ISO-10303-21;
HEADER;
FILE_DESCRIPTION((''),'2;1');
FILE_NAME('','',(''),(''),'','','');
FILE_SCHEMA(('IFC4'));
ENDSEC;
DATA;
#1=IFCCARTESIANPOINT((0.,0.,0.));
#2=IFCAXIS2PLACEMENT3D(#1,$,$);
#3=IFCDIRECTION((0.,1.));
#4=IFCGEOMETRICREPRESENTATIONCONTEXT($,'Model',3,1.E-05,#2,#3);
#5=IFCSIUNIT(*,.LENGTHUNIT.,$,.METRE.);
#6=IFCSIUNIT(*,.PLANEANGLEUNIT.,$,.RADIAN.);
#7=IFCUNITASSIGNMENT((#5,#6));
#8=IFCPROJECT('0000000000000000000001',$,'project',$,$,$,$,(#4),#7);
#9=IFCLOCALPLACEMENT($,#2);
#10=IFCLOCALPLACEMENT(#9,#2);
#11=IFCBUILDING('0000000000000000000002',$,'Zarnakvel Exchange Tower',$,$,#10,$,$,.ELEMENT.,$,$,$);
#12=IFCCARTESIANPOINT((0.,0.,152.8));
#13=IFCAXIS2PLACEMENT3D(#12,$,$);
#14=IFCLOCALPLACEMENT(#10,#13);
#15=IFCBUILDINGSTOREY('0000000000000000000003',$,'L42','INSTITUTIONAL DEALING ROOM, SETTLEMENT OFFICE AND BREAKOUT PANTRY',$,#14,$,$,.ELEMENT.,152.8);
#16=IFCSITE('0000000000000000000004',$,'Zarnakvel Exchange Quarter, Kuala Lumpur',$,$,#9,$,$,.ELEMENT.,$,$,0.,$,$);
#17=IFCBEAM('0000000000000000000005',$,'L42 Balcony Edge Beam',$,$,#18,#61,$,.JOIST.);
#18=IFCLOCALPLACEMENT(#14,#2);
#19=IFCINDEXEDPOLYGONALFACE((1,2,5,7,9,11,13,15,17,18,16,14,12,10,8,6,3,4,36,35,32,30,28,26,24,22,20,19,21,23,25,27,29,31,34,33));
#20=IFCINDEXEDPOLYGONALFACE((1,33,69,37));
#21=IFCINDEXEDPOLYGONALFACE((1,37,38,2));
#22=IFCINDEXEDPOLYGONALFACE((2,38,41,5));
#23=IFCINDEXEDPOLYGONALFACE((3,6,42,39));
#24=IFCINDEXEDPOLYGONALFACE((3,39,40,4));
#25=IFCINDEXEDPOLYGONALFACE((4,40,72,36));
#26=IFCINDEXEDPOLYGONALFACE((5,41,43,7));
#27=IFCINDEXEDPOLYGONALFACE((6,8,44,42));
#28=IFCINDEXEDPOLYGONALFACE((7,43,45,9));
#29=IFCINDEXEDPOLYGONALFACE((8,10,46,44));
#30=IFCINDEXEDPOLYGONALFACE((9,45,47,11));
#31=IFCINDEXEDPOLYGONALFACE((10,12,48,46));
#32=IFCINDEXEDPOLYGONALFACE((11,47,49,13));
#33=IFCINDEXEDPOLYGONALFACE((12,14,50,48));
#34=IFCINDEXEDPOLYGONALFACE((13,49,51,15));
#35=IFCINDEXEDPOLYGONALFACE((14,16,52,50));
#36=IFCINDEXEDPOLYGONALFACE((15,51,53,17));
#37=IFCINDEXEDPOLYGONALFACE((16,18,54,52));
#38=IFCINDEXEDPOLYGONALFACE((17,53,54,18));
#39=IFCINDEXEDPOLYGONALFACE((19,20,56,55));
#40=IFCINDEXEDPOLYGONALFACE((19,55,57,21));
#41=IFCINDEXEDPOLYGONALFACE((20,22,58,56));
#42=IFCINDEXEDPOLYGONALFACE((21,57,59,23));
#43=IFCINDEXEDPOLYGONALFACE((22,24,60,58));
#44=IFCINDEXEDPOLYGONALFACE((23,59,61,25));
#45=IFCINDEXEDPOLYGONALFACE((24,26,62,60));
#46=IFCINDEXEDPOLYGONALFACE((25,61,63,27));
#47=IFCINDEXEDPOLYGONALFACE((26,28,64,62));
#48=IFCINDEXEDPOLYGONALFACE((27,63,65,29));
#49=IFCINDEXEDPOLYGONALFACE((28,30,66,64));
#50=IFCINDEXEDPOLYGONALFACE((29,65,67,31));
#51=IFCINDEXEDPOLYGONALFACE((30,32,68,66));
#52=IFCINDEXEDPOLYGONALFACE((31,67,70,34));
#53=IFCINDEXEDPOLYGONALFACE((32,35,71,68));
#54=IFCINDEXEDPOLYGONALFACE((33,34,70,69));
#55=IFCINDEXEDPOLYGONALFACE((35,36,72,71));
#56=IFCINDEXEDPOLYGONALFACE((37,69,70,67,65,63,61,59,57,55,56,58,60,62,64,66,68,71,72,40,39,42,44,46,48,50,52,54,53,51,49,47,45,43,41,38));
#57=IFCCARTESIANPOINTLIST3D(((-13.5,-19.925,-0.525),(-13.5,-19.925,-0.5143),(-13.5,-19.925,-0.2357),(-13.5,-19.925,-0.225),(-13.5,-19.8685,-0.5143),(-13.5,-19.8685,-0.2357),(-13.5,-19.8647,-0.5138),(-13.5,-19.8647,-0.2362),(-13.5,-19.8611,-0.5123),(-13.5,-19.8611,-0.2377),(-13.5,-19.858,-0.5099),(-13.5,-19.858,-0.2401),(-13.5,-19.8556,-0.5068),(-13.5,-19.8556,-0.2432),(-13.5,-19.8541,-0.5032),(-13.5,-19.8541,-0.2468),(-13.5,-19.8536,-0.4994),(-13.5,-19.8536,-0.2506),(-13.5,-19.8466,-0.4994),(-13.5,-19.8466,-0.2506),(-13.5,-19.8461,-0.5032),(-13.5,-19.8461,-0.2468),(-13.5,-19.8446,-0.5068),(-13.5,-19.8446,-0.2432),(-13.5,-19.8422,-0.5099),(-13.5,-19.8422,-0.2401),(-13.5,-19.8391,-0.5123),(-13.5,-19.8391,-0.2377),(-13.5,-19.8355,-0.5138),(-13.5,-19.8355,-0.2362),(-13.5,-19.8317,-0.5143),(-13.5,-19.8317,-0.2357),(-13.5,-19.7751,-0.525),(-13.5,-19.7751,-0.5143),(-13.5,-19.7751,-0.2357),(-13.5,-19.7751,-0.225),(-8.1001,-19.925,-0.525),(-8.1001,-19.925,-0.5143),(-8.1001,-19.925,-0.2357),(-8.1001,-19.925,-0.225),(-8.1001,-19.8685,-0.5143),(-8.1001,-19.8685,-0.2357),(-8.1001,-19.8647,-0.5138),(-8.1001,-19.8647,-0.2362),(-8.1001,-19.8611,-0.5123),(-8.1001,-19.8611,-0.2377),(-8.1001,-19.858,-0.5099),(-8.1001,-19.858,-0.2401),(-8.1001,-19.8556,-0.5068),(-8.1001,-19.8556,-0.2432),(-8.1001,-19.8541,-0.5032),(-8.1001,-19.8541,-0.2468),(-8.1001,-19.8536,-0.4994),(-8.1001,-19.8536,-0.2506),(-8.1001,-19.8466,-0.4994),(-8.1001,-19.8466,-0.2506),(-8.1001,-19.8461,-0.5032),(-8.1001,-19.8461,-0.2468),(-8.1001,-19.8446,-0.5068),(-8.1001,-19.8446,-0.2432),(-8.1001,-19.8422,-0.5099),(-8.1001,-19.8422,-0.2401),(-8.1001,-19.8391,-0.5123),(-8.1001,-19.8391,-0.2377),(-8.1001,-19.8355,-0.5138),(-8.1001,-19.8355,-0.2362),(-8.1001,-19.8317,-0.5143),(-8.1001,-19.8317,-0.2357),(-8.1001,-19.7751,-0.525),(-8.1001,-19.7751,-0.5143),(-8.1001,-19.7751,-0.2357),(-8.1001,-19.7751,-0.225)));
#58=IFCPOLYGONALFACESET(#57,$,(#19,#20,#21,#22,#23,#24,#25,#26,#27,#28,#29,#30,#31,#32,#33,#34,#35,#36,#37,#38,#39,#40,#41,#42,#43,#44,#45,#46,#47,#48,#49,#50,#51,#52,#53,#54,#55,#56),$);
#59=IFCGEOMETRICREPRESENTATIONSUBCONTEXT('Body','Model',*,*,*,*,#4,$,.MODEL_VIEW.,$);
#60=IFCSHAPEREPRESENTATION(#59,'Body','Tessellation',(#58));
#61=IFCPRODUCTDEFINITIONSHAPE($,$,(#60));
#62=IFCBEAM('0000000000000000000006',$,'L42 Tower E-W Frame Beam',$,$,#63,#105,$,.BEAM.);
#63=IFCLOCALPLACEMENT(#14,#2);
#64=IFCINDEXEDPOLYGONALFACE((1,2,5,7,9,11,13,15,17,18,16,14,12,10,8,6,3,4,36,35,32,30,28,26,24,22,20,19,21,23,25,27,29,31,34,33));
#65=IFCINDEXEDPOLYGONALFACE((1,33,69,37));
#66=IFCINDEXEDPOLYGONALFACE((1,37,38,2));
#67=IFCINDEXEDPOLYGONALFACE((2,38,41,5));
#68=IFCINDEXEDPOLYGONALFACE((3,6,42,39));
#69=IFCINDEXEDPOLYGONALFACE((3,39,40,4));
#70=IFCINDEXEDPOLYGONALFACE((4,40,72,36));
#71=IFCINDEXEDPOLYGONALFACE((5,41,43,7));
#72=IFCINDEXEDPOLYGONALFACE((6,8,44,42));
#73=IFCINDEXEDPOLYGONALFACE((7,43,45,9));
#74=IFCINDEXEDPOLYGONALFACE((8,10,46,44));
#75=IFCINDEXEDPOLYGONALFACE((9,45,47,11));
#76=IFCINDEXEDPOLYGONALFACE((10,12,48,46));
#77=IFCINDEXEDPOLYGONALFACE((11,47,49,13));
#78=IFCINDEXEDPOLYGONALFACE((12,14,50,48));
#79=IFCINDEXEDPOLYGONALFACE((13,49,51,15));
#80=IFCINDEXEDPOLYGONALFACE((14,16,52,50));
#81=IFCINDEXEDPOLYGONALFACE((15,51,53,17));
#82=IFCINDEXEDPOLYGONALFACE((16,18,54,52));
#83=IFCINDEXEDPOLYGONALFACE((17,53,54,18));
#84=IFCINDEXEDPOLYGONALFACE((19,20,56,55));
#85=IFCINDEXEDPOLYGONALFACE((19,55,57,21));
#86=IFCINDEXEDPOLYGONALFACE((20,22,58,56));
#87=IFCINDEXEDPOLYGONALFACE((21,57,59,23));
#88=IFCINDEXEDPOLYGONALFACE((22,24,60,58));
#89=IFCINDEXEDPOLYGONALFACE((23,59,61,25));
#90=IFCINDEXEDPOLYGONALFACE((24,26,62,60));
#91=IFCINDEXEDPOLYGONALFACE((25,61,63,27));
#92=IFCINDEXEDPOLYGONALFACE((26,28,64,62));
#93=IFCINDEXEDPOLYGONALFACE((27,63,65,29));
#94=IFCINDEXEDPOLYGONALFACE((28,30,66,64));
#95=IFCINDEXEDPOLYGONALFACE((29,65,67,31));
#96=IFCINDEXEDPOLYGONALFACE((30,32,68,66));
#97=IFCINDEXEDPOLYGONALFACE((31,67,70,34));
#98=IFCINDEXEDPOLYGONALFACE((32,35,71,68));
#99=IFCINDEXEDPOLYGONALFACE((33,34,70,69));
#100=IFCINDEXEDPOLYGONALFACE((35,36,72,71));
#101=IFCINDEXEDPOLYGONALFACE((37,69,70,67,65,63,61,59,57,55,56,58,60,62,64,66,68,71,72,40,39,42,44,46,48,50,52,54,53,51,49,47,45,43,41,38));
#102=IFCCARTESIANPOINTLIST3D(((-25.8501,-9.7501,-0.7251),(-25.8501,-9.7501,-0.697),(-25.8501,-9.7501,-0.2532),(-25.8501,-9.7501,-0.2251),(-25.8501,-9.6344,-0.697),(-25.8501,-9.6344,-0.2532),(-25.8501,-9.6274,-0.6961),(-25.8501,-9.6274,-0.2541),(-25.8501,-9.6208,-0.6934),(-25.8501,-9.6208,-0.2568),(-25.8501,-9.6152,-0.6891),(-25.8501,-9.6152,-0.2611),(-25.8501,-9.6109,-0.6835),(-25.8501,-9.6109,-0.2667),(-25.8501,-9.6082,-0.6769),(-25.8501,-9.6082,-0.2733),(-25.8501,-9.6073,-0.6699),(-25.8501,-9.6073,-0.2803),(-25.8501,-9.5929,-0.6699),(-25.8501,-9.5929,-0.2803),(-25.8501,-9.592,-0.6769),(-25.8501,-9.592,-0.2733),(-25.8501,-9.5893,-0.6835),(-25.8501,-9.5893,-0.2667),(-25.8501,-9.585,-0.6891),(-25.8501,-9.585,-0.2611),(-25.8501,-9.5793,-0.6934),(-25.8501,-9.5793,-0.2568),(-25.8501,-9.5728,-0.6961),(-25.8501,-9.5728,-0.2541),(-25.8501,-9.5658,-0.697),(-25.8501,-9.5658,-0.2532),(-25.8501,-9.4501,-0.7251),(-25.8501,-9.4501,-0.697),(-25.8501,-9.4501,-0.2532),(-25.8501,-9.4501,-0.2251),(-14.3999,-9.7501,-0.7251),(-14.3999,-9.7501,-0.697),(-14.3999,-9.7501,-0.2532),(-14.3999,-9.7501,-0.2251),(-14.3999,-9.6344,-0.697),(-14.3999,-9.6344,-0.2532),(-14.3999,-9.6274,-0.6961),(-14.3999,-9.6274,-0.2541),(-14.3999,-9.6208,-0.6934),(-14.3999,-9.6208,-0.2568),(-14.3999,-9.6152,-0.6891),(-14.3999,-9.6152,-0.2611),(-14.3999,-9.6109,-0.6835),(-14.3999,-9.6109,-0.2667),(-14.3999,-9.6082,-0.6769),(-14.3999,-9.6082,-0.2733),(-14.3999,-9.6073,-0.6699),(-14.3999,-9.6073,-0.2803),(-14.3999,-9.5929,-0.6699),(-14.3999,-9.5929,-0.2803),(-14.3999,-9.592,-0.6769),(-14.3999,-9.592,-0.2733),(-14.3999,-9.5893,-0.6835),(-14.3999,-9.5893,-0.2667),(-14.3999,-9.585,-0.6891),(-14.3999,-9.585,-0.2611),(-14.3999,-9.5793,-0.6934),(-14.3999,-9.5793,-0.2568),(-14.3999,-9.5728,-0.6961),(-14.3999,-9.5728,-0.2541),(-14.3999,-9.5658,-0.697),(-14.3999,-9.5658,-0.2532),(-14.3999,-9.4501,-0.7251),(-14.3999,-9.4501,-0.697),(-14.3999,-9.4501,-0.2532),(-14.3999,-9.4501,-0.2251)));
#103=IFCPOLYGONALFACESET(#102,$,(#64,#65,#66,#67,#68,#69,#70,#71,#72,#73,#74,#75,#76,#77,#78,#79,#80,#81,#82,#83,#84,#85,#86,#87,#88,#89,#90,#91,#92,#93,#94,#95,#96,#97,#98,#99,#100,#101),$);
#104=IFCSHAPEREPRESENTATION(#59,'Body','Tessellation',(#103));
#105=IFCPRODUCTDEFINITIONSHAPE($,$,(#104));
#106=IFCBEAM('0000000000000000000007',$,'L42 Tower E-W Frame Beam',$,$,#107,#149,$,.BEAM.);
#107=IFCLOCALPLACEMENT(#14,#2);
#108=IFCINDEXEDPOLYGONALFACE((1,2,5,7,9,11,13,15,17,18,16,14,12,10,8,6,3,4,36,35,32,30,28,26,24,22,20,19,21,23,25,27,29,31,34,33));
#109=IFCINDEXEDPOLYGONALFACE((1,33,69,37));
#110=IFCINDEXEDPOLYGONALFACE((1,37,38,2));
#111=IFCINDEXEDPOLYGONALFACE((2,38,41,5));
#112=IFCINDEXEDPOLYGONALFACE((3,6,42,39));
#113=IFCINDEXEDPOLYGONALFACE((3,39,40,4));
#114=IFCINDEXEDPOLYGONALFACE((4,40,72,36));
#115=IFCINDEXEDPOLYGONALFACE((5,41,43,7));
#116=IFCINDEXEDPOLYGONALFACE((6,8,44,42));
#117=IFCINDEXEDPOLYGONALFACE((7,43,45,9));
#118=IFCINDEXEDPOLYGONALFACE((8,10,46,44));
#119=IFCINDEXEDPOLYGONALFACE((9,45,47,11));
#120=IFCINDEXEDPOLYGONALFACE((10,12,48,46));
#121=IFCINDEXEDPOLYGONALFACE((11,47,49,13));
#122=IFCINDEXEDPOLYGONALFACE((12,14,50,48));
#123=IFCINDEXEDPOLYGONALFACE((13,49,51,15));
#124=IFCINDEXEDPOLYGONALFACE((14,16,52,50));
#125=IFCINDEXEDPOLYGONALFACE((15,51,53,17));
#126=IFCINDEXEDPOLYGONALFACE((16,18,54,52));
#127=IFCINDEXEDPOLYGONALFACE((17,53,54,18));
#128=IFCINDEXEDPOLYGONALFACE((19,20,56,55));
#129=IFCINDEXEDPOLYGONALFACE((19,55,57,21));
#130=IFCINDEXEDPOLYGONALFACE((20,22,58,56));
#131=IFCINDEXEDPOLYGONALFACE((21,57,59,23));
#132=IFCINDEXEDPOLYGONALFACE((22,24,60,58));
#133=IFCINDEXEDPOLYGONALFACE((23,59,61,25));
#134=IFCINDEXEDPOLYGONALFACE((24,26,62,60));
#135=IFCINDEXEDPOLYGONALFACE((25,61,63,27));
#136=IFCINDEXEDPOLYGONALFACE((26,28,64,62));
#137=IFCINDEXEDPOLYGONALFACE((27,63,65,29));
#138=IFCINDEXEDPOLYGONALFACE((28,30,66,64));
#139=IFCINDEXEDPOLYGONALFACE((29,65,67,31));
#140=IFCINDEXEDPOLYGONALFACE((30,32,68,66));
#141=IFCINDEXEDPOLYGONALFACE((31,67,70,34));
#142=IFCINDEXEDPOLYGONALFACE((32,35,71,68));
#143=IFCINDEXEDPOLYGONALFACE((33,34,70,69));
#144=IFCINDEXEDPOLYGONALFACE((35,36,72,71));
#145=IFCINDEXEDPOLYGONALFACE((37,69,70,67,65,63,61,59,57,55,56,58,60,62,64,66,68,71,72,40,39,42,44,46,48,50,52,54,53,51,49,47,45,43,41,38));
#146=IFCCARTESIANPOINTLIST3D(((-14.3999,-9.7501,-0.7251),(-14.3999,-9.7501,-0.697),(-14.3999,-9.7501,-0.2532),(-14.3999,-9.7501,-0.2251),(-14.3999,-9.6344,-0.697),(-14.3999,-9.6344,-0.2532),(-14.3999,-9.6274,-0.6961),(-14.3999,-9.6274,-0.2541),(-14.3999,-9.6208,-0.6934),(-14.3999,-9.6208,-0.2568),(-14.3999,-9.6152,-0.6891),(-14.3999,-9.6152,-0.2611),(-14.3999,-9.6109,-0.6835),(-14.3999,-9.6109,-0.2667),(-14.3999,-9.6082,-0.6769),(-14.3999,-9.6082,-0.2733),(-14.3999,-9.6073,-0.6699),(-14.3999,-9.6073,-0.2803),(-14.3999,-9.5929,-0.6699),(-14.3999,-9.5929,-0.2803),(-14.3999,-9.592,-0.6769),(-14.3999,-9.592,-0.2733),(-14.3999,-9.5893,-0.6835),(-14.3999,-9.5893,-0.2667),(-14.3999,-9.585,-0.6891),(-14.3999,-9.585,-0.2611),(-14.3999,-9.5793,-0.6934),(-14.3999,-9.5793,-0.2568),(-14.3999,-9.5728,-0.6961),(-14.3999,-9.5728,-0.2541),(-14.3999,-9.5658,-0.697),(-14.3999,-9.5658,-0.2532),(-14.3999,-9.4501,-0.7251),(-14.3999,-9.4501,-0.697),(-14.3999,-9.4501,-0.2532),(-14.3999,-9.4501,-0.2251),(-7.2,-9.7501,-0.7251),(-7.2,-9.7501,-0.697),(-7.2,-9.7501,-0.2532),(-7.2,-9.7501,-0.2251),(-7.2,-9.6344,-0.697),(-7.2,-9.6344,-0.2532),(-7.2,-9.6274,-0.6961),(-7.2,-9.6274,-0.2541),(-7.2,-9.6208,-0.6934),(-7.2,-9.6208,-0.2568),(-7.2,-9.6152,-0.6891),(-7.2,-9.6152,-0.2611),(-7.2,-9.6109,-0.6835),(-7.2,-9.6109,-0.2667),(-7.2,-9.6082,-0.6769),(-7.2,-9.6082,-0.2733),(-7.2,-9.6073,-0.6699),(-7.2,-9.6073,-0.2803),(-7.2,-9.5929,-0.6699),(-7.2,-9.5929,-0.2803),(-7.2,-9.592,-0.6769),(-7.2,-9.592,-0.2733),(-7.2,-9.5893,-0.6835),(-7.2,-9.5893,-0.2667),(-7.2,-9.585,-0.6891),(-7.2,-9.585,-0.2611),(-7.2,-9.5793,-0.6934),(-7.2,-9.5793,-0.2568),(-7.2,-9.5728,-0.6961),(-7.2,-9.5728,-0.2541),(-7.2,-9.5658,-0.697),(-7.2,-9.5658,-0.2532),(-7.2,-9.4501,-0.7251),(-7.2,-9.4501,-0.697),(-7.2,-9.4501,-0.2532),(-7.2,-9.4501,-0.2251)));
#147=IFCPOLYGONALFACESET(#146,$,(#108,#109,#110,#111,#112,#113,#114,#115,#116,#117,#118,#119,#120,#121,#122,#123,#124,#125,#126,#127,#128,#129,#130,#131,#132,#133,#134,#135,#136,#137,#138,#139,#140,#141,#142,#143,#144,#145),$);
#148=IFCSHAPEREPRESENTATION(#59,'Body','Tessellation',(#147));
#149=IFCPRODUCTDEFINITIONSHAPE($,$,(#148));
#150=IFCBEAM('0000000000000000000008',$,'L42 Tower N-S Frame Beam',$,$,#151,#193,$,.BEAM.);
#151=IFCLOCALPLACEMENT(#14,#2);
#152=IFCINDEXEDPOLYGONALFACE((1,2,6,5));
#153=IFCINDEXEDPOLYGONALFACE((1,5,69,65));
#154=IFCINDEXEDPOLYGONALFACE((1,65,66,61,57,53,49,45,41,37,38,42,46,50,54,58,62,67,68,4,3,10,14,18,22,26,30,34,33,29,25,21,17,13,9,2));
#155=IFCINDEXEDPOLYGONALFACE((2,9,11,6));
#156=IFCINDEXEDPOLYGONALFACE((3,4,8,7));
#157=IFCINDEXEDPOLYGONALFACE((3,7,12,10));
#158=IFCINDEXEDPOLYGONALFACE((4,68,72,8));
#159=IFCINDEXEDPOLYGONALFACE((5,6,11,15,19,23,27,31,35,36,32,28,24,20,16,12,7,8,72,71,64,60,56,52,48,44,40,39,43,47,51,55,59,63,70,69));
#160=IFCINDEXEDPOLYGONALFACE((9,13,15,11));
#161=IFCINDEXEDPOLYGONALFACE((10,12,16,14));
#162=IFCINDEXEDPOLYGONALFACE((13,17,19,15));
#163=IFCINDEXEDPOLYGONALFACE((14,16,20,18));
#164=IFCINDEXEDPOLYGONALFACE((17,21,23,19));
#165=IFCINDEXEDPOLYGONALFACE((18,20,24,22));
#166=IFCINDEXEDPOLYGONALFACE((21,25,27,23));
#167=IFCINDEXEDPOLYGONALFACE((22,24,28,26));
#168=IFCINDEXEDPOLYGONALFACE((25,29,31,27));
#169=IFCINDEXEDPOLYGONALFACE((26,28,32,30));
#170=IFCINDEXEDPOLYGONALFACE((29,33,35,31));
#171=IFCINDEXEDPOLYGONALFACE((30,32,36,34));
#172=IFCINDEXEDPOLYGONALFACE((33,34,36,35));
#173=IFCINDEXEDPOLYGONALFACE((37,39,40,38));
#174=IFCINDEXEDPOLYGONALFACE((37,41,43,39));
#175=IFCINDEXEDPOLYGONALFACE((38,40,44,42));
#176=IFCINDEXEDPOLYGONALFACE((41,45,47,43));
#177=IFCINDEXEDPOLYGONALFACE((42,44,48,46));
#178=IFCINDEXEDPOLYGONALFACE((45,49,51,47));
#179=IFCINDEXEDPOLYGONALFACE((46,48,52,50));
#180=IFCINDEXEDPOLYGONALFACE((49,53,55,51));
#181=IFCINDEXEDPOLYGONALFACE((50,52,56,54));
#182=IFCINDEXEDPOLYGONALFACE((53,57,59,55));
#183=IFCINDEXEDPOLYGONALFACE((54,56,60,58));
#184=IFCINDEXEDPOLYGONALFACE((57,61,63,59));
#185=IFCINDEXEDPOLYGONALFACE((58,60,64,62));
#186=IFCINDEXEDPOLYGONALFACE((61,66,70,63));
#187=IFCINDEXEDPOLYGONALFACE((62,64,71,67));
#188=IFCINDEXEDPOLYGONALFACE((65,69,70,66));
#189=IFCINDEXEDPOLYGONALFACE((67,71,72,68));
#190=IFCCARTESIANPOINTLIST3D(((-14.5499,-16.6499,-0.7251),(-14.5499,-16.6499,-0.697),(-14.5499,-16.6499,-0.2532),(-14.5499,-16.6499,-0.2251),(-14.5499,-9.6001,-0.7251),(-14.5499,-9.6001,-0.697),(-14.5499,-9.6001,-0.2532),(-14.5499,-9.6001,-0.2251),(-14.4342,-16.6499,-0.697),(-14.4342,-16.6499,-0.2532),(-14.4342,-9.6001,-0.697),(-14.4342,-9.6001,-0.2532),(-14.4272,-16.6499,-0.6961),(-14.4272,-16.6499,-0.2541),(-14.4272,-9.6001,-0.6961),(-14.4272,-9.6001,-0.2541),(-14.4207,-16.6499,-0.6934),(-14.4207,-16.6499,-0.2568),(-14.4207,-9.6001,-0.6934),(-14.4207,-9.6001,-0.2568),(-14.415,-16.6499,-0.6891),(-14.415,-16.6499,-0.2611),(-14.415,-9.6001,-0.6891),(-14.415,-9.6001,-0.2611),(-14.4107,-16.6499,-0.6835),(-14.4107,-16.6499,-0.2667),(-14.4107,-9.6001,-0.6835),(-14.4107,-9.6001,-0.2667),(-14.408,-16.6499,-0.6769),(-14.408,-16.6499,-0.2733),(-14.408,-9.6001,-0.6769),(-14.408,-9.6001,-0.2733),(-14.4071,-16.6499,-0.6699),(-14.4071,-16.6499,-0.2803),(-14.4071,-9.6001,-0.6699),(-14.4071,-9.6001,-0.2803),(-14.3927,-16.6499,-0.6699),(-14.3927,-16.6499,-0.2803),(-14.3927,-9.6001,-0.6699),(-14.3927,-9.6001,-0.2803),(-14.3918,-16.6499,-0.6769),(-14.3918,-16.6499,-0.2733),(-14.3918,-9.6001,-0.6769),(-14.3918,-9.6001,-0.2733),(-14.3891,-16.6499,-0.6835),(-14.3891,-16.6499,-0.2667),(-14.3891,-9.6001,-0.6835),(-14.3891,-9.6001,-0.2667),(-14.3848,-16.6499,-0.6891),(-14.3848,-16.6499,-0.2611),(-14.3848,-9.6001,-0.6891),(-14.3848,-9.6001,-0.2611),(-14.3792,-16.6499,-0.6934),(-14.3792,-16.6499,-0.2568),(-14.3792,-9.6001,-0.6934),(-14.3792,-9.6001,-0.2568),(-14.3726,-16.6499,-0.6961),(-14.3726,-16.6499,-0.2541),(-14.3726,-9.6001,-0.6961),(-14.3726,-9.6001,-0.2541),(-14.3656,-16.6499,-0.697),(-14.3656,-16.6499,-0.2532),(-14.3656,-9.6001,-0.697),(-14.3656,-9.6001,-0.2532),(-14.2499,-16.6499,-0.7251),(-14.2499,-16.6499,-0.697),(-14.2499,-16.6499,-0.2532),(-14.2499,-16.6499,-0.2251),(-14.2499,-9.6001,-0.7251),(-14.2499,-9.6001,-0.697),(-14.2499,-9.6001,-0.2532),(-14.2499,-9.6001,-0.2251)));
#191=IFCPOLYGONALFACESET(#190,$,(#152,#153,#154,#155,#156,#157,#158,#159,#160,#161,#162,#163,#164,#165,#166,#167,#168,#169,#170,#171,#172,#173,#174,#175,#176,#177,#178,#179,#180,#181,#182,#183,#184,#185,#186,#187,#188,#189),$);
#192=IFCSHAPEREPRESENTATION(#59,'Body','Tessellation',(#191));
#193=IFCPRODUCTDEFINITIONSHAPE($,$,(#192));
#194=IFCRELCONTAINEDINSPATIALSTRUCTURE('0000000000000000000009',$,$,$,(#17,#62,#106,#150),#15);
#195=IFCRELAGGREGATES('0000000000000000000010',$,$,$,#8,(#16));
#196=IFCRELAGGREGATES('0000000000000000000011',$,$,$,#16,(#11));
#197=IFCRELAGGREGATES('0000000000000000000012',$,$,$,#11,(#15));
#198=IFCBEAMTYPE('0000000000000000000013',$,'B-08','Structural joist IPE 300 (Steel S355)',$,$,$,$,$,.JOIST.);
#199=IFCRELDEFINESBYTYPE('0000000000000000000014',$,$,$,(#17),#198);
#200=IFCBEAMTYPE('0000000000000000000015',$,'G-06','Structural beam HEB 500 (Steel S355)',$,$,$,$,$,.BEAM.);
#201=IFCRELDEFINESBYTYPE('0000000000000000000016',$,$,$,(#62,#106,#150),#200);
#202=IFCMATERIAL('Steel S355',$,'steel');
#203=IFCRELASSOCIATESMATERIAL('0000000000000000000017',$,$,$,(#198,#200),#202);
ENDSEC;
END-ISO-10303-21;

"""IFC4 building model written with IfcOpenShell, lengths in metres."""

from ifc_helpers import new_model, si_unit, direction, frame, origin, origin_2d, place, context, subcontext, project, spatial, i_section, extrude, material, material_profile, profile_set, type_object, element, save


model = new_model("IFC4")

# Units and contexts
model_context = context("Model", 3, precision=1e-05, world=origin(), true_north=direction((0.0, 1.0)))
body_context = subcontext(model_context, "Body", "Model", "MODEL_VIEW")
ifc_project = project(units=[si_unit("LENGTHUNIT", "METRE"), si_unit("PLANEANGLEUNIT", "RADIAN")], contexts=[model_context])

# Site, building, storey
site_placement = place(None, origin())
site = spatial("IfcSite", under=ifc_project, at=site_placement, Name="Zarnakvel Exchange Quarter, Kuala Lumpur", CompositionType="ELEMENT", RefElevation=0.0)
building_placement = place(site_placement, origin())
building = spatial("IfcBuilding", under=site, at=building_placement, Name="Zarnakvel Exchange Tower", CompositionType="ELEMENT")
storey_placement = place(building_placement, frame((0.0, 0.0, 152.8)))
storey = spatial("IfcBuildingStorey", under=building, at=storey_placement, Name="L42", Description="INSTITUTIONAL DEALING ROOM, SETTLEMENT OFFICE AND BREAKOUT PANTRY", CompositionType="ELEMENT", Elevation=152.8)

# Shared definitions
ifc_material_1 = material(Name="Steel S355", Category="steel")

# Beams
ifc_material_profile_1 = material_profile(ifc_material_1, i_section(OverallWidth=0.1499, OverallDepth=0.3, WebThickness=0.0071, FlangeThickness=0.0107, FilletRadius=0.0149, at=origin_2d()))
ifc_profile_set_1 = profile_set([ifc_material_profile_1], Name="Steel S355")
beam_type_1 = type_object("IfcBeamType", Name="B-08", Description="Structural joist IPE 300 (Steel S355)", PredefinedType="JOIST", material=ifc_profile_set_1)
beam_1_placement = place(storey_placement, frame((-13.5, -19.8501, -0.375), z_axis=(1.0, 0.0, 0.0), x_axis=(0.0, 1.0, 0.0)))
element("IfcBeam", 1, at=beam_1_placement, inside=storey, type_object=beam_type_1, Name="L42 Balcony Edge Beam", PredefinedType="JOIST", context=body_context, shape_type="SweptSolid", body=[
    extrude(i_section(OverallWidth=0.1499, OverallDepth=0.3, WebThickness=0.0071, FlangeThickness=0.0107, FilletRadius=0.0149, at=origin_2d()), origin(), (0.0, 0.0, 1.0), 5.3999),
])
ifc_material_profile_2 = material_profile(ifc_material_1, i_section(OverallWidth=0.3, OverallDepth=0.5, WebThickness=0.0144, FlangeThickness=0.0281, FilletRadius=0.0271, at=origin_2d()))
ifc_profile_set_2 = profile_set([ifc_material_profile_2], Name="Steel S355")
beam_type_2 = type_object("IfcBeamType", Name="G-06", Description="Structural beam HEB 500 (Steel S355)", PredefinedType="BEAM", material=ifc_profile_set_2)
beam_2_placement = place(storey_placement, frame((-25.8501, -9.6001, -0.4751), z_axis=(1.0, 0.0, 0.0), x_axis=(0.0, 1.0, 0.0)))
element("IfcBeam", 2, at=beam_2_placement, inside=storey, type_object=beam_type_2, Name="L42 Tower E-W Frame Beam", PredefinedType="BEAM", context=body_context, shape_type="SweptSolid", body=[
    extrude(i_section(OverallWidth=0.3, OverallDepth=0.5, WebThickness=0.0144, FlangeThickness=0.0281, FilletRadius=0.0271, at=origin_2d()), origin(), (0.0, 0.0, 1.0), 11.4502),
])
beam_3_placement = place(storey_placement, frame((-14.3999, -9.6001, -0.4751), z_axis=(1.0, 0.0, 0.0), x_axis=(0.0, 1.0, 0.0)))
element("IfcBeam", 3, at=beam_3_placement, inside=storey, type_object=beam_type_2, Name="L42 Tower E-W Frame Beam", PredefinedType="BEAM", context=body_context, shape_type="SweptSolid", body=[
    extrude(i_section(OverallWidth=0.3, OverallDepth=0.5, WebThickness=0.0144, FlangeThickness=0.0281, FilletRadius=0.0271, at=origin_2d()), origin(), (0.0, 0.0, 1.0), 7.2),
])
beam_4_placement = place(storey_placement, frame((-14.3999, -16.6499, -0.4751), z_axis=(0.0, 1.0, 0.0), x_axis=(-1.0, 0.0, 0.0)))
element("IfcBeam", 4, at=beam_4_placement, inside=storey, type_object=beam_type_2, Name="L42 Tower N-S Frame Beam", PredefinedType="BEAM", context=body_context, shape_type="SweptSolid", body=[
    extrude(i_section(OverallWidth=0.3, OverallDepth=0.5, WebThickness=0.0144, FlangeThickness=0.0281, FilletRadius=0.0271, at=origin_2d()), origin(), (0.0, 0.0, 1.0), 7.0498),
])

save(model, "model.ifc")
